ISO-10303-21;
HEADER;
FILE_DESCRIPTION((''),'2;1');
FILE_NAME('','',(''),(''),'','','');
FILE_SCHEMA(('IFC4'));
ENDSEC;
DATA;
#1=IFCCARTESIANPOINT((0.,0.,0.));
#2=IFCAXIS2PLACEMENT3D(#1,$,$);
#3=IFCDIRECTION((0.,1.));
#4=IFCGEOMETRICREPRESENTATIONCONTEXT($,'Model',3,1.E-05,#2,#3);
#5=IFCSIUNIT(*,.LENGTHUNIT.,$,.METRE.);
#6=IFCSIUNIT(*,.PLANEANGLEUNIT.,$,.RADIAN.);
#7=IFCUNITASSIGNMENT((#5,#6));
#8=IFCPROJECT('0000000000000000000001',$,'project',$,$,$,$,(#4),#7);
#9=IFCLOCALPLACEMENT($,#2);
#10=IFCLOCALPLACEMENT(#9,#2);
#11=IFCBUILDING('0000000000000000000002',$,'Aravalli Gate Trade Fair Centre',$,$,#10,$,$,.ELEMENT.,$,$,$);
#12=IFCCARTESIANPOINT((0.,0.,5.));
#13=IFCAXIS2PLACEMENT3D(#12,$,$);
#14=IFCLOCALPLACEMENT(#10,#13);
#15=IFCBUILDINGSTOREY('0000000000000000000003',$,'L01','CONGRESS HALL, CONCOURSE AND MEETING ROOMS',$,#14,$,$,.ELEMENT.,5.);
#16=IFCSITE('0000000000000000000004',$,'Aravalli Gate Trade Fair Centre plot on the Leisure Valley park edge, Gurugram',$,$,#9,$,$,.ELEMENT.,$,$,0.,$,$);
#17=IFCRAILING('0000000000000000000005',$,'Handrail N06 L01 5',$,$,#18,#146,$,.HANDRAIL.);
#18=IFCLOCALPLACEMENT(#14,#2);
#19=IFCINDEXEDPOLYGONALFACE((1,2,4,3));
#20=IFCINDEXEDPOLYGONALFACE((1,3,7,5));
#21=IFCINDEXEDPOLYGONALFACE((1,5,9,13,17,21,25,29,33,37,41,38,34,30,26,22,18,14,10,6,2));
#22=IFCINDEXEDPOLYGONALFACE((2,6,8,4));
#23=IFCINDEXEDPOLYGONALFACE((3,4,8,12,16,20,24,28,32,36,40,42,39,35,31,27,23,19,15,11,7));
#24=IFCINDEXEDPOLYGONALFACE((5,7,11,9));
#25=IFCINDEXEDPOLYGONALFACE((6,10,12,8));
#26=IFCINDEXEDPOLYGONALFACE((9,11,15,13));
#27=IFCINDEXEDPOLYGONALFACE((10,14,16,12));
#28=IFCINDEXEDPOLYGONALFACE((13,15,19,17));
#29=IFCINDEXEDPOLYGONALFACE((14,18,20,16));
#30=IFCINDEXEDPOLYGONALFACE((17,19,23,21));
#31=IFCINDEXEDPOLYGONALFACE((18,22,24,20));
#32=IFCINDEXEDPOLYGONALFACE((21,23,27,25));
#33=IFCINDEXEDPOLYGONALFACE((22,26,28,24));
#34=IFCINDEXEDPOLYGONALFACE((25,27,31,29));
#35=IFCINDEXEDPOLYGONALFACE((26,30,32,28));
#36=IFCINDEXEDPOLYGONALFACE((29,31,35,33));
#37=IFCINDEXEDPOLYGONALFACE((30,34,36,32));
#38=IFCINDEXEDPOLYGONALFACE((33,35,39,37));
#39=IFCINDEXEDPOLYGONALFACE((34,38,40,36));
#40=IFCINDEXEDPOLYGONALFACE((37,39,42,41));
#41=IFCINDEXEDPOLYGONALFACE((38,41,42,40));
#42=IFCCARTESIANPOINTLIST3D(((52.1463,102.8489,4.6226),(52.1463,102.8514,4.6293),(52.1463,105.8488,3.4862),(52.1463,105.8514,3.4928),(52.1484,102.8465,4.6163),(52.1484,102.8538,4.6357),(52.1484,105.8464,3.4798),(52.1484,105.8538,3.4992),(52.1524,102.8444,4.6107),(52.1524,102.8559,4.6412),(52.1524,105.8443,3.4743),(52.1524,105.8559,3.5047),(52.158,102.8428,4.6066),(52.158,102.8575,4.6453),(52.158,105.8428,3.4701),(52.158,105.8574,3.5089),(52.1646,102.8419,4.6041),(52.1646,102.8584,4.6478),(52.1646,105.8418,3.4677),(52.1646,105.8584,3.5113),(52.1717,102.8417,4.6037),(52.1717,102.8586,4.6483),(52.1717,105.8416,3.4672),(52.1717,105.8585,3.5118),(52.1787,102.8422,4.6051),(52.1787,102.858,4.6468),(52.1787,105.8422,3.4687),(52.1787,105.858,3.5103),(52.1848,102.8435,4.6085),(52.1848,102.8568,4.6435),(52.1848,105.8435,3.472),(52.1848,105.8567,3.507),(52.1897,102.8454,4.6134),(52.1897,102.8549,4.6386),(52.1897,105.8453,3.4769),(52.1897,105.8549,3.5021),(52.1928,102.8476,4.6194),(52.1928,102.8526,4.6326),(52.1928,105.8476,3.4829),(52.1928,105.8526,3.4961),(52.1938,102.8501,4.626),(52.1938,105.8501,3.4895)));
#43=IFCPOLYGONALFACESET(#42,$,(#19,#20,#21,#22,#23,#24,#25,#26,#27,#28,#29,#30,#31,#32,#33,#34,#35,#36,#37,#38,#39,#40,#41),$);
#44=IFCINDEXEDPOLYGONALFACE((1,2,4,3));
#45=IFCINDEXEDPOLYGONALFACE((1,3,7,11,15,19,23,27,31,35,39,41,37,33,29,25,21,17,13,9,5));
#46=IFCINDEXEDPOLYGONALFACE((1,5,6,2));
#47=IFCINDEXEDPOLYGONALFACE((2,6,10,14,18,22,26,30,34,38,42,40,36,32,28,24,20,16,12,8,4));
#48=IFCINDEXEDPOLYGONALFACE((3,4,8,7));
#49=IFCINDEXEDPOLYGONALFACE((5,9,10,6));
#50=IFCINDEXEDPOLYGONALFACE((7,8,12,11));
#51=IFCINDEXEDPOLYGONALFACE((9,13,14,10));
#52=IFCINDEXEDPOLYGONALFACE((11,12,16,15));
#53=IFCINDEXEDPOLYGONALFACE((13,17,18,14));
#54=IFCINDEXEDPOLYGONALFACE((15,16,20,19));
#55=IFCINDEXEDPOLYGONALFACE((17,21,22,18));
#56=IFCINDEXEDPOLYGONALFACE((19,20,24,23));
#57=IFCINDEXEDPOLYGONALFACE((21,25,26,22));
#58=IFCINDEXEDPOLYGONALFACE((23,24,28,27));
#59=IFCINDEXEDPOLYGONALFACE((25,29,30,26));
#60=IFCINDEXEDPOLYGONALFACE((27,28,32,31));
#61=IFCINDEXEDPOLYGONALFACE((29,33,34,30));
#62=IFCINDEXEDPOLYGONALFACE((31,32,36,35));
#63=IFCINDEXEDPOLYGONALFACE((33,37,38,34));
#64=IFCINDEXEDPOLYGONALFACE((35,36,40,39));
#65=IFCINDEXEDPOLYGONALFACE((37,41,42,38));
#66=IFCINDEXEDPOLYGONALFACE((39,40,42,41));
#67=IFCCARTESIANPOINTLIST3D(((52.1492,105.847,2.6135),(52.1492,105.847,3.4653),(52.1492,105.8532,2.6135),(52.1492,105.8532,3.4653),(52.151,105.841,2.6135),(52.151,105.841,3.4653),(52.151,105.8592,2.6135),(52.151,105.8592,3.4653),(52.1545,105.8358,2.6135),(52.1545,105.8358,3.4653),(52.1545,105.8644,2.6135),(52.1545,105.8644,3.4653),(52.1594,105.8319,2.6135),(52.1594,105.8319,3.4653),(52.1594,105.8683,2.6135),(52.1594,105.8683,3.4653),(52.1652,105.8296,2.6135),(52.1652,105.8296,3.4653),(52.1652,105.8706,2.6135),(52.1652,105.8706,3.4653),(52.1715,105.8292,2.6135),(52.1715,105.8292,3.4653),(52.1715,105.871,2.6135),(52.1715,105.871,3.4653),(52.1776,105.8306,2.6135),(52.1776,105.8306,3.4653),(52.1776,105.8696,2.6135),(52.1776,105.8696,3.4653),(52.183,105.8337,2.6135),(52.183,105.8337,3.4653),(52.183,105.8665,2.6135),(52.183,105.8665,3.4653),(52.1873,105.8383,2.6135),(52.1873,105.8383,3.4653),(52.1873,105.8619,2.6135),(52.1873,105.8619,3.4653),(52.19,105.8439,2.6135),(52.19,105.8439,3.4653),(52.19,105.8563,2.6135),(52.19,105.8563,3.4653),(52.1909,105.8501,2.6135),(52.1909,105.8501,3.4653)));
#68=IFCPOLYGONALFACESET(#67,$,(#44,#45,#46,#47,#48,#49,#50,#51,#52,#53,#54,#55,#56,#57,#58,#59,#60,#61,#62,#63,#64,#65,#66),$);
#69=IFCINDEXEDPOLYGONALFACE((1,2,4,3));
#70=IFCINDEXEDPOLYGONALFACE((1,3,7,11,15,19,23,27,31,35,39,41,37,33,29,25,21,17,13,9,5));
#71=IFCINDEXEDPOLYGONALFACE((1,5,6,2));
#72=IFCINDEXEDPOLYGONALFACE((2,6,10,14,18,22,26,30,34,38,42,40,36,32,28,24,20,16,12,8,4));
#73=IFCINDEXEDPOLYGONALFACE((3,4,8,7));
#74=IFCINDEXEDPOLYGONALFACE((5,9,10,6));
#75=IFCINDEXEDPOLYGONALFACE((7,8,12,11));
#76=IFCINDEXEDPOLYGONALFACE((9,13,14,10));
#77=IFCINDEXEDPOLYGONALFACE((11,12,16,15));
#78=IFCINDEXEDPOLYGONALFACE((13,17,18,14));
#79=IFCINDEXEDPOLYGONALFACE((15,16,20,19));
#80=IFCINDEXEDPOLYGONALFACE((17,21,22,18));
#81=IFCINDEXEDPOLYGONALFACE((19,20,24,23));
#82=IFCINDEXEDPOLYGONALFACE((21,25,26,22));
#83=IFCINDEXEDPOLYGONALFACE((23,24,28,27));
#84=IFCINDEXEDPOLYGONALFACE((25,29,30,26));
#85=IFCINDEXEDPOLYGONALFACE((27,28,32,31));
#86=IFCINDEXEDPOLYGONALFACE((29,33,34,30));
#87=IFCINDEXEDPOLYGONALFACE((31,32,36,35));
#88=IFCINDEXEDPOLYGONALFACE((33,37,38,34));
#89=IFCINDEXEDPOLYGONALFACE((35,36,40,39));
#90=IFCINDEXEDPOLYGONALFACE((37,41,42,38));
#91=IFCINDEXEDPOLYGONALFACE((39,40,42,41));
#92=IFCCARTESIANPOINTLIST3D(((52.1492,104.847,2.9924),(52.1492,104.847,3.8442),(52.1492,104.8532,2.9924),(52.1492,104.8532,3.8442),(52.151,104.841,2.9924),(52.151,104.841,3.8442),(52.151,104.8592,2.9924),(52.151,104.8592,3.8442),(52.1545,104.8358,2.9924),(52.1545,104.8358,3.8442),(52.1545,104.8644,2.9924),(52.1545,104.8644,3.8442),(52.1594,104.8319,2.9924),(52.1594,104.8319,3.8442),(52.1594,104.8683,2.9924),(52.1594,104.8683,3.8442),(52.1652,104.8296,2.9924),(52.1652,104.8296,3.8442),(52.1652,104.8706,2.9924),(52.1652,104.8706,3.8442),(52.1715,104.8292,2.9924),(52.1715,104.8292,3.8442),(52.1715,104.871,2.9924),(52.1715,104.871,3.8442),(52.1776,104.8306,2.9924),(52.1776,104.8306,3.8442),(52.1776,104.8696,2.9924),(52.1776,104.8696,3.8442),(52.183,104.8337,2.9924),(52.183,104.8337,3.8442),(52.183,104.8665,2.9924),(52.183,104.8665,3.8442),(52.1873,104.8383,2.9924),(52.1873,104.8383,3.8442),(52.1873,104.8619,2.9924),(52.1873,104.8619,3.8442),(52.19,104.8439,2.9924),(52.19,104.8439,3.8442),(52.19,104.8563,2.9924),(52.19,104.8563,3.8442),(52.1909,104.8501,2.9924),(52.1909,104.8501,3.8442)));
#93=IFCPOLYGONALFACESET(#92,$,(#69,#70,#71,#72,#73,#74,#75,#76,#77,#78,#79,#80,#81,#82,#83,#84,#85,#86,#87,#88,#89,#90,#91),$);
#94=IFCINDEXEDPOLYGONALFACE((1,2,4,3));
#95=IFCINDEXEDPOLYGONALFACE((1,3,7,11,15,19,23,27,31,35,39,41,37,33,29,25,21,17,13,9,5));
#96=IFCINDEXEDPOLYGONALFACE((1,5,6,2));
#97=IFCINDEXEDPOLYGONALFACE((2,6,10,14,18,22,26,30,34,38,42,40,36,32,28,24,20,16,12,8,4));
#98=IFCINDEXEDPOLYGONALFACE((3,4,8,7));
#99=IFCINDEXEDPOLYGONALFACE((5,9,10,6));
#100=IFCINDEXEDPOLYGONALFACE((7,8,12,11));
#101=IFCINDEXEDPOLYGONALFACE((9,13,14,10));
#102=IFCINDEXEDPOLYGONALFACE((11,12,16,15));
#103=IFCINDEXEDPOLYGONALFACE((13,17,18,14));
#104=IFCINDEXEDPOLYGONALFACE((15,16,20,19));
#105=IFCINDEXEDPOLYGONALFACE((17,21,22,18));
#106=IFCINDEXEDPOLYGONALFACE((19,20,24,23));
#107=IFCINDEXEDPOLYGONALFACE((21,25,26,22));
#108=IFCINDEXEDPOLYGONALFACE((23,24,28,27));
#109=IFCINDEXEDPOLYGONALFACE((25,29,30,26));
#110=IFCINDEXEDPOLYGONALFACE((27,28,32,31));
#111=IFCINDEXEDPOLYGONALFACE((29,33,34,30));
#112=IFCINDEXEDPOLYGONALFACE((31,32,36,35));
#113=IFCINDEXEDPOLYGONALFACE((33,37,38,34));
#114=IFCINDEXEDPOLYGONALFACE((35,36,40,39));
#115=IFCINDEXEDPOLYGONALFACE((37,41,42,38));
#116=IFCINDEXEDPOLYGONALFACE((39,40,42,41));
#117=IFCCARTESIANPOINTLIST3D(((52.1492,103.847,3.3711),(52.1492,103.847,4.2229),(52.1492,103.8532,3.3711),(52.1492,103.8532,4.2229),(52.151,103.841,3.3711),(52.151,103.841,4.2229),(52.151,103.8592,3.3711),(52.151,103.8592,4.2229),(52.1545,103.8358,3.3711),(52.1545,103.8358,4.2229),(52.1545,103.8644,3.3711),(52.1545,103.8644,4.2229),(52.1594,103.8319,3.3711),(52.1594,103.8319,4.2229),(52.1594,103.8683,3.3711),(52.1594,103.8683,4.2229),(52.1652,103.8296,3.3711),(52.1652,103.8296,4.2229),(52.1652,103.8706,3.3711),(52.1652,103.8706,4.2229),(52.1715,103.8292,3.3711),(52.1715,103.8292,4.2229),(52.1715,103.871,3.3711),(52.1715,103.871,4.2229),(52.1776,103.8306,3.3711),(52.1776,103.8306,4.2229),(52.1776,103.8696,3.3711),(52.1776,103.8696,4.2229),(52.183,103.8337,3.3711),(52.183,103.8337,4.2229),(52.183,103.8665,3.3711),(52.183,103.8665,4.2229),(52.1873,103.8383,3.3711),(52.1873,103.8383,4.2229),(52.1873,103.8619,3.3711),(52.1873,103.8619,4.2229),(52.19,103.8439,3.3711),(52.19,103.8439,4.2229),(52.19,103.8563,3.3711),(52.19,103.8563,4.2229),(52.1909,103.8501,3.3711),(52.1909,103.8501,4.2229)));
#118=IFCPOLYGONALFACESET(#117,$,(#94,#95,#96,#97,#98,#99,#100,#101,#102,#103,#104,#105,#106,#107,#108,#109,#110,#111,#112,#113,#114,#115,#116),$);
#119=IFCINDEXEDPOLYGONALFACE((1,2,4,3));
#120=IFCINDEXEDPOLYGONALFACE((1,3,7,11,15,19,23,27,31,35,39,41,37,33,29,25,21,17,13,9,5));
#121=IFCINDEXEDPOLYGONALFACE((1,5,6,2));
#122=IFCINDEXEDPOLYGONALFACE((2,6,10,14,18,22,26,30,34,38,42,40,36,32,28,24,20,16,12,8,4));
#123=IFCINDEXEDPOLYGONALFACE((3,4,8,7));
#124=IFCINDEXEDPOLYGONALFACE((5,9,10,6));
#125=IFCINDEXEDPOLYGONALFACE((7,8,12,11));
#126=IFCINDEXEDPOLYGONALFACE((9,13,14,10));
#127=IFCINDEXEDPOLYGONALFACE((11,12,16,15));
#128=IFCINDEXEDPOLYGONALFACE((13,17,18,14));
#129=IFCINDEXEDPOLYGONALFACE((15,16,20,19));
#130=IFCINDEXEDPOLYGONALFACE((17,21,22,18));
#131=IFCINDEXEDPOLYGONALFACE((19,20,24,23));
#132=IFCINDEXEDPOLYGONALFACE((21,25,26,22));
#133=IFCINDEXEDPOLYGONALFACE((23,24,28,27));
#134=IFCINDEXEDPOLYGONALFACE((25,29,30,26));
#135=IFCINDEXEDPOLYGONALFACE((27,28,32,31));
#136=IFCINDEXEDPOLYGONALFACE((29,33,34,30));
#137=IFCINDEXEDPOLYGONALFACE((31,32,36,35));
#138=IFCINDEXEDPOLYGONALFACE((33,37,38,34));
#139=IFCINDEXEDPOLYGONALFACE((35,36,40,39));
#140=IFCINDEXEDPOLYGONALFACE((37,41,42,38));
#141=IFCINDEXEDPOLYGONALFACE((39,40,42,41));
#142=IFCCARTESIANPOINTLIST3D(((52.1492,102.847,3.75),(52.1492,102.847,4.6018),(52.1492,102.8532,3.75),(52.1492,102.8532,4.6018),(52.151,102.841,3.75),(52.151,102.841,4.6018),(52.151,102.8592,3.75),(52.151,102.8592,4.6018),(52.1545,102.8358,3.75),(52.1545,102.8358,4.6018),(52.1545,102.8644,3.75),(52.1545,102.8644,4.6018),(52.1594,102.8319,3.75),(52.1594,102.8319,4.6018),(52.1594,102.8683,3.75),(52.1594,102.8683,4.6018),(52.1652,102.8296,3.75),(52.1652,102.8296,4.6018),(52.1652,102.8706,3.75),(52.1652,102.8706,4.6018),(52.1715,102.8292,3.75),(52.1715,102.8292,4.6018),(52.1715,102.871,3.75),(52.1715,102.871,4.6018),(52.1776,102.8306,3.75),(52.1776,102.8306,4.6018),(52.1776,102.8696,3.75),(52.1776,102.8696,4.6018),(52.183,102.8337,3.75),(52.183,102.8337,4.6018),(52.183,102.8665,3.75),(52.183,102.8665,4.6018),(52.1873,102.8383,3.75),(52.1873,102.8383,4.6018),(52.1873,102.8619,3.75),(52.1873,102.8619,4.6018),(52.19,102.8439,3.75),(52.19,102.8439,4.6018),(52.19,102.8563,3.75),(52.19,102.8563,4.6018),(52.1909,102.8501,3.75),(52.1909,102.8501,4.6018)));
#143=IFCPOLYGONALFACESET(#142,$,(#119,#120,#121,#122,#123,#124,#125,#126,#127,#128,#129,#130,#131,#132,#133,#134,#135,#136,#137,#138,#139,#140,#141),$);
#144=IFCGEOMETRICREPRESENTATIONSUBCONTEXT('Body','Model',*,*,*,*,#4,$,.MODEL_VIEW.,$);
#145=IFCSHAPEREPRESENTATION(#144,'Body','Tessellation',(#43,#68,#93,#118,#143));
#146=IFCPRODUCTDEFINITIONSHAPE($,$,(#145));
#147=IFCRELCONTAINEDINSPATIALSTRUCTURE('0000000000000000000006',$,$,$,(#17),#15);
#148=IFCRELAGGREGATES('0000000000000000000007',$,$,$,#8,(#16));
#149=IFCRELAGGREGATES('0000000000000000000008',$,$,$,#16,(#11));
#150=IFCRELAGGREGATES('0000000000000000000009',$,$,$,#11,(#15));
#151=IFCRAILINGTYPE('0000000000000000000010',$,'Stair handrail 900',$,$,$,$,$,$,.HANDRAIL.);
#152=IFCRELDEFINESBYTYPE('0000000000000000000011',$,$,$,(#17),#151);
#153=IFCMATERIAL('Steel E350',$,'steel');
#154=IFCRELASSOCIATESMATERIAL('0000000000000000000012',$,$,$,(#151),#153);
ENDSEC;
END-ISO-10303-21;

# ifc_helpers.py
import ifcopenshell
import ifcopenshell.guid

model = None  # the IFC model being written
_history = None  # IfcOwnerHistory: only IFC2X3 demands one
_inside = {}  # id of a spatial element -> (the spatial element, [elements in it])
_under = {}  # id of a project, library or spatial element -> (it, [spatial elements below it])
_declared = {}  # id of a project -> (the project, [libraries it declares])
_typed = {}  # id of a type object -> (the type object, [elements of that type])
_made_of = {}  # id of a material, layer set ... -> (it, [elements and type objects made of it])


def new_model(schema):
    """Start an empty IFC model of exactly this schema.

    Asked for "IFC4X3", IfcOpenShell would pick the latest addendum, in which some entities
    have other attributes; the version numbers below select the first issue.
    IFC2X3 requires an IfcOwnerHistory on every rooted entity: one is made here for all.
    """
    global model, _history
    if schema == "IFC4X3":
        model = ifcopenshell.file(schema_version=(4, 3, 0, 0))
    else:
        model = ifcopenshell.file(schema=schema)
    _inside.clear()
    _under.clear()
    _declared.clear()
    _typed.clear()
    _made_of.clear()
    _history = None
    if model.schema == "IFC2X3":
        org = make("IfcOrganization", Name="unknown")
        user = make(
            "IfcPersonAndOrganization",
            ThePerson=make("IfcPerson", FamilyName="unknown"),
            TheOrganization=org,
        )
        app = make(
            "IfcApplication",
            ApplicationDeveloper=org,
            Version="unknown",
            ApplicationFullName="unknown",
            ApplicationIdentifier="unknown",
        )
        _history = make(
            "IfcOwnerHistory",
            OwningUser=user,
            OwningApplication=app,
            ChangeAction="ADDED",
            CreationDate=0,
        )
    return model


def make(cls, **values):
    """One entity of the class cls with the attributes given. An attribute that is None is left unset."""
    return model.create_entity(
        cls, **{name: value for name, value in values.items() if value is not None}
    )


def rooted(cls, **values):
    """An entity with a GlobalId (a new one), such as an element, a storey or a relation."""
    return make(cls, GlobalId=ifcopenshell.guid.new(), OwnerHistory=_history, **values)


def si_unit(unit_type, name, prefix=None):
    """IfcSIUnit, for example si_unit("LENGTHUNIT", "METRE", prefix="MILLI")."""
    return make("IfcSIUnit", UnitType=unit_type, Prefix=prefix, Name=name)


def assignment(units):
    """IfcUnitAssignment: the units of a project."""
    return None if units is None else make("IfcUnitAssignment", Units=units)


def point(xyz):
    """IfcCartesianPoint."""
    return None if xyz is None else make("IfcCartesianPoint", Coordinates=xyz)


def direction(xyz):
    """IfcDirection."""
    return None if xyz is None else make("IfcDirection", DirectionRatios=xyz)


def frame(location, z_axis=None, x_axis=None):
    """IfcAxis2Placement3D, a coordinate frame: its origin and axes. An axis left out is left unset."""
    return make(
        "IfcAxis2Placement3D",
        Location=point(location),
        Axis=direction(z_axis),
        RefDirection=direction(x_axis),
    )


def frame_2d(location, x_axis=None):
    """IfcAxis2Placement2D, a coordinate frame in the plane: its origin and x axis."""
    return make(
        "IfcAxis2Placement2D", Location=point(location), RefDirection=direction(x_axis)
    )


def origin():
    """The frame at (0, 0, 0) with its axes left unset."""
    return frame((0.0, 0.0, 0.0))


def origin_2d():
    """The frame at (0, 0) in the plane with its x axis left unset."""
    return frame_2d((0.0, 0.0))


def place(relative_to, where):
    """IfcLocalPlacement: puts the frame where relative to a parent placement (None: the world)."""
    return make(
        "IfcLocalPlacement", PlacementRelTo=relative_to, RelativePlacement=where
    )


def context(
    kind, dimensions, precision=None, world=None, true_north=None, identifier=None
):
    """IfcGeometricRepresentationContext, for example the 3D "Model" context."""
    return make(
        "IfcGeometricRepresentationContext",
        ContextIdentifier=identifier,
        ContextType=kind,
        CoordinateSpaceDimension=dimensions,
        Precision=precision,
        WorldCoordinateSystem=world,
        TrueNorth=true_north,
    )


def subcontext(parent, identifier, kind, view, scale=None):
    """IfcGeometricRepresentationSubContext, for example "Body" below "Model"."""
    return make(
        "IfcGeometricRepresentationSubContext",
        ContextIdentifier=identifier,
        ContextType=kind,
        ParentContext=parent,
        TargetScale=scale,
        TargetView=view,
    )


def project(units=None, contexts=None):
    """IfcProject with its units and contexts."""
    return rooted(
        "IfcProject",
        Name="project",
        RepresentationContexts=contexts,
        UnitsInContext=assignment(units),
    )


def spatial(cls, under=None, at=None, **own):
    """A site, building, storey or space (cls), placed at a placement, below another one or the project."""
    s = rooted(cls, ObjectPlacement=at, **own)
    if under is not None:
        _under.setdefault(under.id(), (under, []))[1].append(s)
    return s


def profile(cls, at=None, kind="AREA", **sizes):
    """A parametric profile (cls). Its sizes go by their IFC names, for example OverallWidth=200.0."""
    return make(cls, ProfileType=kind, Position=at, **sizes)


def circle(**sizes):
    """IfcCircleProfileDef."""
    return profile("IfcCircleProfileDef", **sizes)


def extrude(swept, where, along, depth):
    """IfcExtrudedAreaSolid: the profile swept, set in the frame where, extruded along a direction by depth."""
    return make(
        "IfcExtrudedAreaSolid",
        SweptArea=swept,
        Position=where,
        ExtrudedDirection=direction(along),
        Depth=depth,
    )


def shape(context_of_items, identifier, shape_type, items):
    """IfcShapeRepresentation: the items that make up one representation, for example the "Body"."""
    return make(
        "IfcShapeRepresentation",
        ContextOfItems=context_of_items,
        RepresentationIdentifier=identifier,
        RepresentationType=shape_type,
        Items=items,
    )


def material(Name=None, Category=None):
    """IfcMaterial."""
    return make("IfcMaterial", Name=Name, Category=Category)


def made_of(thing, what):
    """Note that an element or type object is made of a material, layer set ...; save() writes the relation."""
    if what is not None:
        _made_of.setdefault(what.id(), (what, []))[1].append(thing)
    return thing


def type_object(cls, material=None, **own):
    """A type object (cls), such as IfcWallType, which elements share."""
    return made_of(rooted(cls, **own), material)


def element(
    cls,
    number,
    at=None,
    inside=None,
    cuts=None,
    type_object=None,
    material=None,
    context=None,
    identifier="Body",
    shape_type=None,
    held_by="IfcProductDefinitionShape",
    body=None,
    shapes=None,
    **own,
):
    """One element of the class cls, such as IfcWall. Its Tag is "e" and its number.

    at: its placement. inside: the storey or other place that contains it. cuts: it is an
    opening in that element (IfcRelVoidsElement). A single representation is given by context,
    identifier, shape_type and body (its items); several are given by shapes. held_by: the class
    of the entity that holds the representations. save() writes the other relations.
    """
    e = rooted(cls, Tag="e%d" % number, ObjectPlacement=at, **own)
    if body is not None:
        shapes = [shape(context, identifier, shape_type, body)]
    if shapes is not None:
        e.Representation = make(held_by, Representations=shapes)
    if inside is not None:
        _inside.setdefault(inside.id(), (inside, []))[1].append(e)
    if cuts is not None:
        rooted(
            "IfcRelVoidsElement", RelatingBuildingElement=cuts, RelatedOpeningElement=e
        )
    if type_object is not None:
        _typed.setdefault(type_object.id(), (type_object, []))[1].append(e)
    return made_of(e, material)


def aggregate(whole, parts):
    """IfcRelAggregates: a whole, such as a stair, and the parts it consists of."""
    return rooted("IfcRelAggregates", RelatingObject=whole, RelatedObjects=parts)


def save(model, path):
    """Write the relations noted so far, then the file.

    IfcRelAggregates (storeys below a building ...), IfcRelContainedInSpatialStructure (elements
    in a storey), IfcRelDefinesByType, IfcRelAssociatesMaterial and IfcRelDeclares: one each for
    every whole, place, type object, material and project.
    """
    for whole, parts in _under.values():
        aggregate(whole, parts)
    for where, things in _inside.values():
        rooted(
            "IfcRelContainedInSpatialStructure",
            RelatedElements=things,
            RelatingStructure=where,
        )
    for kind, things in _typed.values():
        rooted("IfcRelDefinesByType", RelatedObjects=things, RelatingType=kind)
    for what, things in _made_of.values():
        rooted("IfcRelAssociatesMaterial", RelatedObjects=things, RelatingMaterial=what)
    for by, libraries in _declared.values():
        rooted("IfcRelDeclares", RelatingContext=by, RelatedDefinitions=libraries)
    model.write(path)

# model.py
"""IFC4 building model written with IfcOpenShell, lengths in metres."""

from ifc_helpers import new_model, si_unit, direction, frame, origin, origin_2d, place, context, subcontext, project, spatial, circle, extrude, material, type_object, element, save


model = new_model("IFC4")

# Units and contexts
model_context = context("Model", 3, precision=1e-05, world=origin(), true_north=direction((0.0, 1.0)))
body_context = subcontext(model_context, "Body", "Model", "MODEL_VIEW")
ifc_project = project(units=[si_unit("LENGTHUNIT", "METRE"), si_unit("PLANEANGLEUNIT", "RADIAN")], contexts=[model_context])

# Site, building, storey
site_placement = place(None, origin())
site = spatial("IfcSite", under=ifc_project, at=site_placement, Name="Aravalli Gate Trade Fair Centre plot on the Leisure Valley park edge, Gurugram", CompositionType="ELEMENT", RefElevation=0.0)
building_placement = place(site_placement, origin())
building = spatial("IfcBuilding", under=site, at=building_placement, Name="Aravalli Gate Trade Fair Centre", CompositionType="ELEMENT")
storey_placement = place(building_placement, frame((0.0, 0.0, 5.0)))
storey = spatial("IfcBuildingStorey", under=building, at=storey_placement, Name="L01", Description="CONGRESS HALL, CONCOURSE AND MEETING ROOMS", CompositionType="ELEMENT", Elevation=5.0)

# Shared definitions
ifc_material_1 = material(Name="Steel E350", Category="steel")

# Railing
railing_type = type_object("IfcRailingType", Name="Stair handrail 900", PredefinedType="HANDRAIL", material=ifc_material_1)
for number, where, name in (
    (1, (52.1699, 105.8501, 2.6135), "Handrail N06 L01 5"),
):
    element("IfcRailing", number, at=place(storey_placement, frame(where)), inside=storey, type_object=railing_type, Name=name, PredefinedType="HANDRAIL", context=body_context, shape_type="SweptSolid", body=[
        extrude(circle(Radius=0.0239, at=origin_2d()), frame((0.0, 0.0, 0.876), z_axis=(0.0, -0.935148, 0.354257), x_axis=(1.0, 0.0, 0.0)), (0.0, 0.0, 1.0), 3.208),
        extrude(circle(Radius=0.021, at=origin_2d()), origin(), (0.0, 0.0, 1.0), 0.8518),
        extrude(circle(Radius=0.021, at=origin_2d()), frame((0.0, -1.0, 0.3789)), (0.0, 0.0, 1.0), 0.8518),
        extrude(circle(Radius=0.021, at=origin_2d()), frame((0.0, -2.0, 0.7576)), (0.0, 0.0, 1.0), 0.8518),
        extrude(circle(Radius=0.021, at=origin_2d()), frame((0.0, -3.0, 1.1365)), (0.0, 0.0, 1.0), 0.8518),
    ])

save(model, "model.ifc")
